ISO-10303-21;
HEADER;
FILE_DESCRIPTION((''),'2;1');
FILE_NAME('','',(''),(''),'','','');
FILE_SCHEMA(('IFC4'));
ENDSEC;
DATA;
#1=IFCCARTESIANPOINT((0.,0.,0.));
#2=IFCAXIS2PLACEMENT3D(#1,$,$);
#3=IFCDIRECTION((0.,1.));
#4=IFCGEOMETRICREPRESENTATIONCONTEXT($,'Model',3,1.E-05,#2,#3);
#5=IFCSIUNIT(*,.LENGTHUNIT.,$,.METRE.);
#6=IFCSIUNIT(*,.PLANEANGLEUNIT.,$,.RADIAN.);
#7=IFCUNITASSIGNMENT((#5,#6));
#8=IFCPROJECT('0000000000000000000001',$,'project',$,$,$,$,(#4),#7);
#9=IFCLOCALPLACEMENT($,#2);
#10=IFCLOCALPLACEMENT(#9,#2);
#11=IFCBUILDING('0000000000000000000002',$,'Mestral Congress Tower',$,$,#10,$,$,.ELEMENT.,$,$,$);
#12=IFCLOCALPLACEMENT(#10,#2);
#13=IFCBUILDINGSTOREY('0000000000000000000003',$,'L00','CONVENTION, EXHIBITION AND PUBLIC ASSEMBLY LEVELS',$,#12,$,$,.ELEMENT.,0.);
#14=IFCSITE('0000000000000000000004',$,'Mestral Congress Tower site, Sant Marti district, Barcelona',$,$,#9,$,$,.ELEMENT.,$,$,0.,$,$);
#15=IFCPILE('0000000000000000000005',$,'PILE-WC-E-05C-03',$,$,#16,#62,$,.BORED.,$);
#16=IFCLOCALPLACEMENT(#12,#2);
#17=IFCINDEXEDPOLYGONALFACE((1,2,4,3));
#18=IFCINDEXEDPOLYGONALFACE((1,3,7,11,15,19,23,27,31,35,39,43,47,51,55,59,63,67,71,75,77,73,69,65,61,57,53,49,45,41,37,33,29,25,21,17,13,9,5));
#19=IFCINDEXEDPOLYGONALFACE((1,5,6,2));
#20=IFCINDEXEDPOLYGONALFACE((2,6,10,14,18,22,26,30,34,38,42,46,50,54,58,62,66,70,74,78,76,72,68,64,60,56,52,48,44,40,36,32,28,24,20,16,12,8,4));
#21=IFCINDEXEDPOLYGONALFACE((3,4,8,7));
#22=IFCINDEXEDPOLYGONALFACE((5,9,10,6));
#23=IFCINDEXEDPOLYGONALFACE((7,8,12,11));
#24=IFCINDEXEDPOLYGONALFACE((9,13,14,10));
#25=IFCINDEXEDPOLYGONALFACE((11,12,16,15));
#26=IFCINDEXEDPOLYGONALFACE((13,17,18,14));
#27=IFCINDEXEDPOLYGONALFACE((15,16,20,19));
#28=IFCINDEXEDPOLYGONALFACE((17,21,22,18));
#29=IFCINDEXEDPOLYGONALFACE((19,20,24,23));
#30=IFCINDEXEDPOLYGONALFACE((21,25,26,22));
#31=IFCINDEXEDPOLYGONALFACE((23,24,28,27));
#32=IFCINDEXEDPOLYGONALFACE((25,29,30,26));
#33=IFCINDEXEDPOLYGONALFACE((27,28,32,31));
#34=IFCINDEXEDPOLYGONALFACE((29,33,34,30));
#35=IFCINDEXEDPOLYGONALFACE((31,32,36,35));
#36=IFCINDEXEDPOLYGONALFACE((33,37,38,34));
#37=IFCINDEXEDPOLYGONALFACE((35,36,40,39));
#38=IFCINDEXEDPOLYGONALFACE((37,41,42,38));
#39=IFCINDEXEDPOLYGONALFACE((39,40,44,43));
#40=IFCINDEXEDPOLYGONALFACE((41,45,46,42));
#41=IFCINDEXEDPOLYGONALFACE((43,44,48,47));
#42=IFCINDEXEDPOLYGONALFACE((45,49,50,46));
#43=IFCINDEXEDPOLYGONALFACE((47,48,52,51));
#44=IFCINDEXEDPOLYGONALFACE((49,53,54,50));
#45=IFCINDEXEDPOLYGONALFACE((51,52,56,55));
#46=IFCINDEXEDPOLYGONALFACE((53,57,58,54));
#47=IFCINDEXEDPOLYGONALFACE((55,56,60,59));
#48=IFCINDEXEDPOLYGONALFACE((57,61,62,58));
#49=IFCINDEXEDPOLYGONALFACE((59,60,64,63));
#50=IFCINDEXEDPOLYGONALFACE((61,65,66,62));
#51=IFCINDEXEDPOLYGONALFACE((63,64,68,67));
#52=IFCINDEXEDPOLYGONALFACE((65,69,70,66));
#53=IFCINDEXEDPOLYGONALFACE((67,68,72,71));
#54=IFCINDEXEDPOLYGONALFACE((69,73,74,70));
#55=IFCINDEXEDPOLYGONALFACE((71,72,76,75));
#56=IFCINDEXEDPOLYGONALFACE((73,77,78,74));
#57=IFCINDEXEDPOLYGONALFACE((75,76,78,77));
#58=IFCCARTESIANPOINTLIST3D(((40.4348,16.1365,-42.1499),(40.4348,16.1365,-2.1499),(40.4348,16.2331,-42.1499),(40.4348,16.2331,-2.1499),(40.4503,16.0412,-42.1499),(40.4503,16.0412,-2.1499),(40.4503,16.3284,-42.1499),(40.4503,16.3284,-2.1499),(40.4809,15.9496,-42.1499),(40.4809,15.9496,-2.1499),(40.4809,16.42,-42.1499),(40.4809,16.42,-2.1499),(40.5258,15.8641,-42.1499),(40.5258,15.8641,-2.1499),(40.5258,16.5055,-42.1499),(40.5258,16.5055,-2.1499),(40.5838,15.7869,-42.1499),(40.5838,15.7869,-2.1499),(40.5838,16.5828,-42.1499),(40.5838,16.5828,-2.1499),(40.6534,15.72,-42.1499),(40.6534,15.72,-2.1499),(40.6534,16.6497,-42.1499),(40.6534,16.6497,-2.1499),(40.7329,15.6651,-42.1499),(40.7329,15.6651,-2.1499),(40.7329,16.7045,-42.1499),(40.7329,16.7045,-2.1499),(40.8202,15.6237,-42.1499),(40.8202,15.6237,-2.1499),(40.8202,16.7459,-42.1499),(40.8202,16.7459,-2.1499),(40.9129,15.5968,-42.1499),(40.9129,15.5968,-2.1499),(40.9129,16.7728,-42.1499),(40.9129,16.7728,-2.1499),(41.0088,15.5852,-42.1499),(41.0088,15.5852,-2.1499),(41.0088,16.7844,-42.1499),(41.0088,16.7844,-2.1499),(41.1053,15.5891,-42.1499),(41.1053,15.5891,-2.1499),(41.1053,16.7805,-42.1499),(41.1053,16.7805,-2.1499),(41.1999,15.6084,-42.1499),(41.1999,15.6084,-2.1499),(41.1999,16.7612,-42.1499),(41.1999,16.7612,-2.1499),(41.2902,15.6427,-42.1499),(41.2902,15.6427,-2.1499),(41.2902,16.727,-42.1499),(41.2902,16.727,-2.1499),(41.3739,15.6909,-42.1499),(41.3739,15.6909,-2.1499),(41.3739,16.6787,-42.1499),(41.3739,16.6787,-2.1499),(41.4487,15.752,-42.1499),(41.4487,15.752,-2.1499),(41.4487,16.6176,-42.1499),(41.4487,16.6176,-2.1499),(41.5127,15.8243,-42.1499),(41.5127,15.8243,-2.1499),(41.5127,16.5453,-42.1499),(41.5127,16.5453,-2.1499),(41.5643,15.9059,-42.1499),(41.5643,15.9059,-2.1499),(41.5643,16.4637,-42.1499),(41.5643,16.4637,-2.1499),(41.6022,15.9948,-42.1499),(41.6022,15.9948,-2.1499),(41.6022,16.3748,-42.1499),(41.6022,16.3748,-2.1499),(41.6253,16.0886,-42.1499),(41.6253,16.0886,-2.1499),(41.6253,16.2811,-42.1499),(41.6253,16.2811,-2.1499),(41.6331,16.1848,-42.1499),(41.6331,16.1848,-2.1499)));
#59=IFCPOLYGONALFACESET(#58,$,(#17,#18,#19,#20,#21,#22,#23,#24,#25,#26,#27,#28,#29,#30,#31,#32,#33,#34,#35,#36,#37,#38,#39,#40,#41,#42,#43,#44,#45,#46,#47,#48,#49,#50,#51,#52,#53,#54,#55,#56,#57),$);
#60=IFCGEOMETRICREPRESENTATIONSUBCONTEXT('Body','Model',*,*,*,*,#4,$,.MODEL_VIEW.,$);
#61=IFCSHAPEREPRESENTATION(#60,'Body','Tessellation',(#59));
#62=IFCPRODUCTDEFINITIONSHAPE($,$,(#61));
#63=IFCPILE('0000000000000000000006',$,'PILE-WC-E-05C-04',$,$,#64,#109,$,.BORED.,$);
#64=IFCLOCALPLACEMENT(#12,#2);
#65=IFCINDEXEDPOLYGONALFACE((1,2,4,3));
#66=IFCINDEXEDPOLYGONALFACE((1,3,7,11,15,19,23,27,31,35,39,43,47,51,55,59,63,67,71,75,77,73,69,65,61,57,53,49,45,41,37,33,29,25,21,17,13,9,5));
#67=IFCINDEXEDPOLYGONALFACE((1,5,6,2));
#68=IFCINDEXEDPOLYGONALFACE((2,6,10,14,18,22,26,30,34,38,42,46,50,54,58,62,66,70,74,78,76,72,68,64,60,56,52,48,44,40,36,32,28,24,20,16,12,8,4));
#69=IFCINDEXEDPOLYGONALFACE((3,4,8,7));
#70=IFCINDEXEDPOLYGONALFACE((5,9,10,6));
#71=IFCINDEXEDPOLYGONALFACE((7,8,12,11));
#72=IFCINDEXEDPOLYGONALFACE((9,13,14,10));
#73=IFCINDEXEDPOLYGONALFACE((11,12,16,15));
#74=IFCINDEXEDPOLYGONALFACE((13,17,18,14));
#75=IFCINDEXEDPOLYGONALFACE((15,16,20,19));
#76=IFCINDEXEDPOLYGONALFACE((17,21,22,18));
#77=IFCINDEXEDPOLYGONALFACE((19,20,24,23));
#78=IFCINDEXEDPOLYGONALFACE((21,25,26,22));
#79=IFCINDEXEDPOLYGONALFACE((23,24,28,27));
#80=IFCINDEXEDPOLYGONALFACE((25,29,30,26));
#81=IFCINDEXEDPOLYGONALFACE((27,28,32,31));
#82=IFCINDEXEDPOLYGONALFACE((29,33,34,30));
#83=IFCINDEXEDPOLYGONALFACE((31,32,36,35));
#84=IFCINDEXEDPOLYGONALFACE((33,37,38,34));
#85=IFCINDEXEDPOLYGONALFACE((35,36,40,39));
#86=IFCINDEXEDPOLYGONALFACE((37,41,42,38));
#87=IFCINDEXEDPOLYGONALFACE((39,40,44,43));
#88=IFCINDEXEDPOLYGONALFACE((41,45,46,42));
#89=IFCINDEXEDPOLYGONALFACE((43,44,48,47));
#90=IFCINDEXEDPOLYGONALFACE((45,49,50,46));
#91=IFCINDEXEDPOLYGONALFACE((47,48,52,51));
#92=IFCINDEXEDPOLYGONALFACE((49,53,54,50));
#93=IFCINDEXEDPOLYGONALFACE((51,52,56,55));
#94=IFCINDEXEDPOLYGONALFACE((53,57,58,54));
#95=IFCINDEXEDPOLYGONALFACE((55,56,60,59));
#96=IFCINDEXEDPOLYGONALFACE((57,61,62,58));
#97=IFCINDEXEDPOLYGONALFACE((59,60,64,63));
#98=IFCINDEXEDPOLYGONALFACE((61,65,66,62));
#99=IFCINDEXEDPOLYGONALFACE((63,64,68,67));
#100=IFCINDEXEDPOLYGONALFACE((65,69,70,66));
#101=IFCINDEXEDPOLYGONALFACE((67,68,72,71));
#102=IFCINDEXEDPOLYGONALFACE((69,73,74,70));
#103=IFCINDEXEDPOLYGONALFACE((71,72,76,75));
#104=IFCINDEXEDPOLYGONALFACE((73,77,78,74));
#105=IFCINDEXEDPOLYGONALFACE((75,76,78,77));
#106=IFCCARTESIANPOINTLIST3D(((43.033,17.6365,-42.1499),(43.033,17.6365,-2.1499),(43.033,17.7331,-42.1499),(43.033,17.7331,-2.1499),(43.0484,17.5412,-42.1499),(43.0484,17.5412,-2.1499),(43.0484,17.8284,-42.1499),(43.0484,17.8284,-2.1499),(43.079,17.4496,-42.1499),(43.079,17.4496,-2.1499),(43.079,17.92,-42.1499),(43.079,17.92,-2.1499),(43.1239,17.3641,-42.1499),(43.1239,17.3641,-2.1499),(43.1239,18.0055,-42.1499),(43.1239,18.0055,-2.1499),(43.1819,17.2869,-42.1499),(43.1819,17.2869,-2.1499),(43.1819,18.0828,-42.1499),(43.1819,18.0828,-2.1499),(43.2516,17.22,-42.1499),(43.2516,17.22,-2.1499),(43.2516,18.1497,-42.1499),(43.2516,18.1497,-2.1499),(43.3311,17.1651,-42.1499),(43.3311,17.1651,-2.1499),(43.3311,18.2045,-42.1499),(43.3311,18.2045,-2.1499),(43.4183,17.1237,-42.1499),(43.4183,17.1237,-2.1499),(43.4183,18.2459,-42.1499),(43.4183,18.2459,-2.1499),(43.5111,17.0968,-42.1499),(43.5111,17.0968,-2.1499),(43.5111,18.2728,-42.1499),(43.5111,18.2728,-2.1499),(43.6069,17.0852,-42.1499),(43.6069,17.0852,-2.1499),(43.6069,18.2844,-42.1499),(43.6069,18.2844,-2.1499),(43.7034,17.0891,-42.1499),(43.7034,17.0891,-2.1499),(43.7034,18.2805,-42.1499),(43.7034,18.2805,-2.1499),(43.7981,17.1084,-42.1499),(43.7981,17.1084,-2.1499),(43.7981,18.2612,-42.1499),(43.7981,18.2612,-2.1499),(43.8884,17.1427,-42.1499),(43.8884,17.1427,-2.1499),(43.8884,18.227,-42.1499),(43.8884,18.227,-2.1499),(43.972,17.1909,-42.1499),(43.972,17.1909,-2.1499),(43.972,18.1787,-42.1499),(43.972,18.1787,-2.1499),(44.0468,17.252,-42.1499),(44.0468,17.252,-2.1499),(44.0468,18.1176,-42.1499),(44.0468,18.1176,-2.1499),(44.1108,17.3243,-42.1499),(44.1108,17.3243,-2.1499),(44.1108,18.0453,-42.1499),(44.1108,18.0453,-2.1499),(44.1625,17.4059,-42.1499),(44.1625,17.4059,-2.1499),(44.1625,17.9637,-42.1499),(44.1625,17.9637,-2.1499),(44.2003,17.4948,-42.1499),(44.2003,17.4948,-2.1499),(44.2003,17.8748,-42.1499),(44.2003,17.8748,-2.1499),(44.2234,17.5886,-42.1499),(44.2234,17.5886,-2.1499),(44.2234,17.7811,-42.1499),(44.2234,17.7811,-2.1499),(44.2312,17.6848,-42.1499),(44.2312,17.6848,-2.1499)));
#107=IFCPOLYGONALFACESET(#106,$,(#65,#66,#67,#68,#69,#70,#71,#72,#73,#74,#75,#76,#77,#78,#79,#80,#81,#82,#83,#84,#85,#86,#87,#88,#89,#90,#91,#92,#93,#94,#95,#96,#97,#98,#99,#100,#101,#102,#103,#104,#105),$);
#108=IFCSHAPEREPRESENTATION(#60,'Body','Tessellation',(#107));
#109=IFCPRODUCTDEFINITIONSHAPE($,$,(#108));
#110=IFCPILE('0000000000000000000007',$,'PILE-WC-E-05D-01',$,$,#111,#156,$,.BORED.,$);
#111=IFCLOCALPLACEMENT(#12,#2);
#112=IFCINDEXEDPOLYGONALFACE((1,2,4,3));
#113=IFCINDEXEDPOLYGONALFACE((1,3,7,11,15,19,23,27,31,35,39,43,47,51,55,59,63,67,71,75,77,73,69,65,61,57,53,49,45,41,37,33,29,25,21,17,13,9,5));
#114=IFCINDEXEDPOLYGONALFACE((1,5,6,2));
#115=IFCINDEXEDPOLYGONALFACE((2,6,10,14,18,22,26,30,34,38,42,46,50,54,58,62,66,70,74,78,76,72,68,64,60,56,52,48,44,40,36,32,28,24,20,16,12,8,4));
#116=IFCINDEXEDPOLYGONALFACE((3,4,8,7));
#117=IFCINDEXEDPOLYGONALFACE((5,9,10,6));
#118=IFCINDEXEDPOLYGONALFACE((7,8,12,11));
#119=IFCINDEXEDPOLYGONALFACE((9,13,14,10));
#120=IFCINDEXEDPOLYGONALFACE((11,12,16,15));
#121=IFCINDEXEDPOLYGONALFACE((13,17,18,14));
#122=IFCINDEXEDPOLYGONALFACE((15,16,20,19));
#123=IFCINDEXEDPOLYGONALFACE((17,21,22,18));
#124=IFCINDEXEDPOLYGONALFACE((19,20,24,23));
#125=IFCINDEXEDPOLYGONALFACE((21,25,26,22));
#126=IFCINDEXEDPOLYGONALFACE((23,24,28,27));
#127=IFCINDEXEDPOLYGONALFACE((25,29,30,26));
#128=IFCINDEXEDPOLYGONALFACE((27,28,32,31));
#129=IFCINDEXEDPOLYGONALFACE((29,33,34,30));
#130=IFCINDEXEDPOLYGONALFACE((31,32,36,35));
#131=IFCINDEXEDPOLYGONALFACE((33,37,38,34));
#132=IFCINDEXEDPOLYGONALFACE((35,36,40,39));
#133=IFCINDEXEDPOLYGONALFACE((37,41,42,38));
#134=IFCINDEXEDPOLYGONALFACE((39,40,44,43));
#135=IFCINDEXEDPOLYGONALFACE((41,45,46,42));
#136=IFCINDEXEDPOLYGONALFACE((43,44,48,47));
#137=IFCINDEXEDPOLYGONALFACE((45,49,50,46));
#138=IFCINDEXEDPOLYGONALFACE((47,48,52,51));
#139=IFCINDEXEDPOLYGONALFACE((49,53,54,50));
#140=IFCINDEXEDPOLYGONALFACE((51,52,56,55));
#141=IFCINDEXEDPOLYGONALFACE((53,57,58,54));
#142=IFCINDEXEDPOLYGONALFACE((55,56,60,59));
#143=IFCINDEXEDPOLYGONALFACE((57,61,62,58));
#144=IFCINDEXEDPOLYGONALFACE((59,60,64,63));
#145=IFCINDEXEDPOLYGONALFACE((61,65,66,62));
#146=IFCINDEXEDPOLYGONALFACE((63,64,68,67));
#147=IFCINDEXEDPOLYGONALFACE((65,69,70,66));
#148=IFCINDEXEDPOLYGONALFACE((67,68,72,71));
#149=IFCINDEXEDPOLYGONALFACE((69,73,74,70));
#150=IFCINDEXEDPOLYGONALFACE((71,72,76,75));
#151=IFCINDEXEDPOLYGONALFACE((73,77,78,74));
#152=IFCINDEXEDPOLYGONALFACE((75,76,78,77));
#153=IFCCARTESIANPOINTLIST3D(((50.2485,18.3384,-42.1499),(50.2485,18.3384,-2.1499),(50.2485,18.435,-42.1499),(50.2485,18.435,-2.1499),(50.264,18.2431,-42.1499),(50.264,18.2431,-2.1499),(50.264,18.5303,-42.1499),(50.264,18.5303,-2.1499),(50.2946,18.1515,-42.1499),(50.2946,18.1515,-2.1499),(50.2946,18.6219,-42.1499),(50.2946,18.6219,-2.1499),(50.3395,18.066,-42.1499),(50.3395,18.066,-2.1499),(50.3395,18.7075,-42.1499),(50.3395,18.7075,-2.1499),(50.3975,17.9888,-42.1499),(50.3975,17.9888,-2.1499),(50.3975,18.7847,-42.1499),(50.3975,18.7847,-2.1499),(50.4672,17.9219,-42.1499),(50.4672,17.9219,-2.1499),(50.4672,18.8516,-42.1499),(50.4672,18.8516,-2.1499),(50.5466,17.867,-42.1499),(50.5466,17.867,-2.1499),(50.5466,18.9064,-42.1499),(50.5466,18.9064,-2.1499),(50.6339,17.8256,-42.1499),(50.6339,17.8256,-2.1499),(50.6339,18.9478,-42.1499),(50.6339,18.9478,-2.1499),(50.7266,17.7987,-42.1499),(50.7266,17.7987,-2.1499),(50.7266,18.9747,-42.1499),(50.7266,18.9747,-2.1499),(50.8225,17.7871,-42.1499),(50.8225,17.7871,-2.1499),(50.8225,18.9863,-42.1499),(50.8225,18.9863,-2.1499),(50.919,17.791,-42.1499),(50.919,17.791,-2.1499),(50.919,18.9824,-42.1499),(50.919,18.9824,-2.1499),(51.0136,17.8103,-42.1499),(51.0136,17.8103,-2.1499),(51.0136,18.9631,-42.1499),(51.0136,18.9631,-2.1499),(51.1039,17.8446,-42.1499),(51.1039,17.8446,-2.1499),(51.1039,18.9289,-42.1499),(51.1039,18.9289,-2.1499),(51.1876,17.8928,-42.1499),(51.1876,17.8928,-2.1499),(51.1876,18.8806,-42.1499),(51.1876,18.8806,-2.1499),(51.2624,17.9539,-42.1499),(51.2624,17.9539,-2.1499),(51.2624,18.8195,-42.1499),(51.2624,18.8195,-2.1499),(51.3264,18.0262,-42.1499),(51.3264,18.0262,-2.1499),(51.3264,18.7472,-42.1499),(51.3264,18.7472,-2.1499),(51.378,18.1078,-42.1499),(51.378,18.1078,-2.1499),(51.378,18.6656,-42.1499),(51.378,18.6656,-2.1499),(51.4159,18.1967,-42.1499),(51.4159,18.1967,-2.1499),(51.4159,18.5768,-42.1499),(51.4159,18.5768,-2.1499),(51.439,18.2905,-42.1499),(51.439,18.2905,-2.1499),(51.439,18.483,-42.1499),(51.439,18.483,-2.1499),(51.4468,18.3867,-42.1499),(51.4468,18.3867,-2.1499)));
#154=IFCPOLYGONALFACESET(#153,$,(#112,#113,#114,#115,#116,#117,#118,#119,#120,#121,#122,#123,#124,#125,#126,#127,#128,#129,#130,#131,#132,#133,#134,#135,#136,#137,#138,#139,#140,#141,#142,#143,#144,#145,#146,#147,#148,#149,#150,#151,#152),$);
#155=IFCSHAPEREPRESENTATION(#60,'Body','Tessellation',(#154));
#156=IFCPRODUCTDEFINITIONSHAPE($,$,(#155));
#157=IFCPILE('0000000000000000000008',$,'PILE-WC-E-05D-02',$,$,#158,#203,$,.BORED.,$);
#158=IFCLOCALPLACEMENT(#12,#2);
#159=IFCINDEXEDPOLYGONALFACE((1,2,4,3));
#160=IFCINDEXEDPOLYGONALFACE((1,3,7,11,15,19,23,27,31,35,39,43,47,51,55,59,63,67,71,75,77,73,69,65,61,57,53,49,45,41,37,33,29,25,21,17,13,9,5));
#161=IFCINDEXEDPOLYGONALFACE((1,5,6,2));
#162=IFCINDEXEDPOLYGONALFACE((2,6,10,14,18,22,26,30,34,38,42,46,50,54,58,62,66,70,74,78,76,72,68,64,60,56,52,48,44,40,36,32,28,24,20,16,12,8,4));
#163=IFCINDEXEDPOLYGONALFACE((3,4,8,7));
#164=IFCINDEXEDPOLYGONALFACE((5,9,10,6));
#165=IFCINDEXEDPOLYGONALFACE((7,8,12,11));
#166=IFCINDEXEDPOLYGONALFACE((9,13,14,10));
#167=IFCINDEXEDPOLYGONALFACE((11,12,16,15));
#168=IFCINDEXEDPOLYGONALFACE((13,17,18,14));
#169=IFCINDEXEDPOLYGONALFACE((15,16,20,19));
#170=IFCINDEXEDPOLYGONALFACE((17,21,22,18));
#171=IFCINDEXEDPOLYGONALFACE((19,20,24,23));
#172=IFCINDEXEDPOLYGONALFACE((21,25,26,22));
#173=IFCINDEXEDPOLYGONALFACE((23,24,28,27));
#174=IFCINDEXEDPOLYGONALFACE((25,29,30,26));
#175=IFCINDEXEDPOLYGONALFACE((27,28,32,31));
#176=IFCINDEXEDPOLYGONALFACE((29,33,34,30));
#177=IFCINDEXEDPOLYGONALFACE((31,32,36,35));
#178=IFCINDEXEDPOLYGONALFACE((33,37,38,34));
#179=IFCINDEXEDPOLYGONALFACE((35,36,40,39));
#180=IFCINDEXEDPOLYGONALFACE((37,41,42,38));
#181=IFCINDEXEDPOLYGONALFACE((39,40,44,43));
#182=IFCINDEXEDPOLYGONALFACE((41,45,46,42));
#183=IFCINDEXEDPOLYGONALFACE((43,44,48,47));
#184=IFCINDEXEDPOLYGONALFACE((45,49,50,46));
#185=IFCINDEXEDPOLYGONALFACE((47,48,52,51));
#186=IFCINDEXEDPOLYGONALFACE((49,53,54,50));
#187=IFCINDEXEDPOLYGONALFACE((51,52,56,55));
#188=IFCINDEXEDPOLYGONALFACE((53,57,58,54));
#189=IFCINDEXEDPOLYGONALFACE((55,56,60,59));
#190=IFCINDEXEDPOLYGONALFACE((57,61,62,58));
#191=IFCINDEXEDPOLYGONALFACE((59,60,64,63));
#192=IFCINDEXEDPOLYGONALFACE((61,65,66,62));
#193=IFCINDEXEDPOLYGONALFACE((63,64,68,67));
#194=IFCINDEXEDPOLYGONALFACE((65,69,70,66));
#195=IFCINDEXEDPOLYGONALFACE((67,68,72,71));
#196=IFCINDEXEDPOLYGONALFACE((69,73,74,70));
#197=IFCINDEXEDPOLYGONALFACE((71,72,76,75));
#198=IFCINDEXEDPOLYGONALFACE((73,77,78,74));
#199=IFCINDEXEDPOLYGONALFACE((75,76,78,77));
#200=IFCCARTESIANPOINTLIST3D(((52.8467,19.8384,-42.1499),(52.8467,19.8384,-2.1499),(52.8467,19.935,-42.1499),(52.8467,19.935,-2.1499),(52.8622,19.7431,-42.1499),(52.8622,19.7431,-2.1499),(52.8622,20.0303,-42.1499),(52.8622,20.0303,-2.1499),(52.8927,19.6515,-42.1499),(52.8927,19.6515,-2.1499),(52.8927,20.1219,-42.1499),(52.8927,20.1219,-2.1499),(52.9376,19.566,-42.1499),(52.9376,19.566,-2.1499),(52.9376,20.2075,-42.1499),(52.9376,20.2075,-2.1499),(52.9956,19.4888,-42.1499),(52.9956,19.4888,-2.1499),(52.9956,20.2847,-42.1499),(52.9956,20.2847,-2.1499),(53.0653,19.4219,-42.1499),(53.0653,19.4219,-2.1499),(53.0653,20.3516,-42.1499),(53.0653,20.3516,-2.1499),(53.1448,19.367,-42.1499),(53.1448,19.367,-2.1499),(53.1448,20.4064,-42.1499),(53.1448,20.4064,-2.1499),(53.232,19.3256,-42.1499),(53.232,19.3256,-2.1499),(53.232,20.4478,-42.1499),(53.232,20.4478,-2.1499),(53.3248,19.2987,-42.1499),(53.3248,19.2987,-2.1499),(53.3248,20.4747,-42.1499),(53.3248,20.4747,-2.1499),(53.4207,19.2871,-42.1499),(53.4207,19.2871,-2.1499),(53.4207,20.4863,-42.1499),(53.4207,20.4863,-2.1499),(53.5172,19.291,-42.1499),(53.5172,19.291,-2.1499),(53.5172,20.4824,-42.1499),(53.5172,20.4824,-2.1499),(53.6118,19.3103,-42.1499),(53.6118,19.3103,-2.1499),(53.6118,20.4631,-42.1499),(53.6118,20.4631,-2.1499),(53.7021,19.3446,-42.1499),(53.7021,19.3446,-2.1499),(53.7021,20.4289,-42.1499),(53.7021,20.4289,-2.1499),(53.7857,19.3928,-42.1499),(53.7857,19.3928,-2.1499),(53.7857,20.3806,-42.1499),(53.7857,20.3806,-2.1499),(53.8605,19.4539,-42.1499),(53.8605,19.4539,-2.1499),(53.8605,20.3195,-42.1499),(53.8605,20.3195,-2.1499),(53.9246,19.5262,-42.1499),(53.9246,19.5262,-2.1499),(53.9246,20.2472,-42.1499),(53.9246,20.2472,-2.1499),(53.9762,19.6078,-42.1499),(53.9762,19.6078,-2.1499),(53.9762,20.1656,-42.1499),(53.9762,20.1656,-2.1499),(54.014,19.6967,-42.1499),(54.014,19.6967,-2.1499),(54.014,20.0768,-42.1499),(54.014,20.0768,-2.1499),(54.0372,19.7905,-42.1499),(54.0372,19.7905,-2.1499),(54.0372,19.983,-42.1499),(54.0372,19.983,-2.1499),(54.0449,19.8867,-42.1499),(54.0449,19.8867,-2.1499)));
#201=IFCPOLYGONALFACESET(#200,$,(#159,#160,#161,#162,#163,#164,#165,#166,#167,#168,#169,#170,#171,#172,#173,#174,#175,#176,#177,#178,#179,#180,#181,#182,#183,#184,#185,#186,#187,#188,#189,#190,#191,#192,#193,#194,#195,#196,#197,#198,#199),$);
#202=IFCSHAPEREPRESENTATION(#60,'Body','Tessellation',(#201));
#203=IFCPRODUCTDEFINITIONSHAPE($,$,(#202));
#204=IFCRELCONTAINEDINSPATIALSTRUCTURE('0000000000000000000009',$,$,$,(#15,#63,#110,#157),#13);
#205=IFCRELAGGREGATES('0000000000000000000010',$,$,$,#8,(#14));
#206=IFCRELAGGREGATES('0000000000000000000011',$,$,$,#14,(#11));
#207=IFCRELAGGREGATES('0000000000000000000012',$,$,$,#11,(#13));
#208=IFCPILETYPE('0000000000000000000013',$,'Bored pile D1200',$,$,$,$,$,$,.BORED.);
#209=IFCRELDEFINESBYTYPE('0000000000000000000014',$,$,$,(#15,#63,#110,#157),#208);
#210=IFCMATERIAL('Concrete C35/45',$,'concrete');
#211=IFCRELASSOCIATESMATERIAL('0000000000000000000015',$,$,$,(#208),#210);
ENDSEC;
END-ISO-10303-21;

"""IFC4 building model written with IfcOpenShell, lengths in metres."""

from ifc_helpers import new_model, si_unit, direction, frame, origin, origin_2d, place, context, subcontext, project, spatial, circle, extrude, material, material_profile, profile_set, type_object, element, save


model = new_model("IFC4")

# Units and contexts
model_context = context("Model", 3, precision=1e-05, world=origin(), true_north=direction((0.0, 1.0)))
body_context = subcontext(model_context, "Body", "Model", "MODEL_VIEW")
ifc_project = project(units=[si_unit("LENGTHUNIT", "METRE"), si_unit("PLANEANGLEUNIT", "RADIAN")], contexts=[model_context])

# Site, building, storey
site_placement = place(None, origin())
site = spatial("IfcSite", under=ifc_project, at=site_placement, Name="Mestral Congress Tower site, Sant Marti district, Barcelona", CompositionType="ELEMENT", RefElevation=0.0)
building_placement = place(site_placement, origin())
building = spatial("IfcBuilding", under=site, at=building_placement, Name="Mestral Congress Tower", CompositionType="ELEMENT")
storey_placement = place(building_placement, origin())
storey = spatial("IfcBuildingStorey", under=building, at=storey_placement, Name="L00", Description="CONVENTION, EXHIBITION AND PUBLIC ASSEMBLY LEVELS", CompositionType="ELEMENT", Elevation=0.0)

# Piles
ifc_material_1 = material(Name="Concrete C35/45", Category="concrete")
ifc_material_profile_1 = material_profile(ifc_material_1, circle(Radius=0.6001, at=origin_2d()), Name="D1200")
ifc_profile_set_1 = profile_set([ifc_material_profile_1], Name="Concrete C35/45")
pile_type = type_object("IfcPileType", Name="Bored pile D1200", PredefinedType="BORED", material=ifc_profile_set_1)
for number, where, z_axis, x_axis, name in (
    (1, (41.033, 16.1848, -2.1499), (0.0, 0.0, -1.0), (1.0, 0.0, 0.0), "PILE-WC-E-05C-03"),
    (2, (43.6311, 17.6848, -2.1499), (0.0, 0.0, -1.0), (1.0, 0.0, 0.0), "PILE-WC-E-05C-04"),
    (3, (50.8467, 18.3867, -2.1499), (0.0, 0.0, -1.0), (1.0, 0.0, 0.0), "PILE-WC-E-05D-01"),
    (4, (53.4448, 19.8867, -2.1499), (0.0, 0.0, -1.0), (1.0, 0.0, 0.0), "PILE-WC-E-05D-02"),
):
    element("IfcPile", number, at=place(storey_placement, frame(where, z_axis=z_axis, x_axis=x_axis)), inside=storey, type_object=pile_type, Name=name, PredefinedType="BORED", context=body_context, shape_type="SweptSolid", body=[
        extrude(circle(Radius=0.6001, at=origin_2d()), origin(), (0.0, 0.0, 1.0), 40.0),
    ])

save(model, "model.ifc")
